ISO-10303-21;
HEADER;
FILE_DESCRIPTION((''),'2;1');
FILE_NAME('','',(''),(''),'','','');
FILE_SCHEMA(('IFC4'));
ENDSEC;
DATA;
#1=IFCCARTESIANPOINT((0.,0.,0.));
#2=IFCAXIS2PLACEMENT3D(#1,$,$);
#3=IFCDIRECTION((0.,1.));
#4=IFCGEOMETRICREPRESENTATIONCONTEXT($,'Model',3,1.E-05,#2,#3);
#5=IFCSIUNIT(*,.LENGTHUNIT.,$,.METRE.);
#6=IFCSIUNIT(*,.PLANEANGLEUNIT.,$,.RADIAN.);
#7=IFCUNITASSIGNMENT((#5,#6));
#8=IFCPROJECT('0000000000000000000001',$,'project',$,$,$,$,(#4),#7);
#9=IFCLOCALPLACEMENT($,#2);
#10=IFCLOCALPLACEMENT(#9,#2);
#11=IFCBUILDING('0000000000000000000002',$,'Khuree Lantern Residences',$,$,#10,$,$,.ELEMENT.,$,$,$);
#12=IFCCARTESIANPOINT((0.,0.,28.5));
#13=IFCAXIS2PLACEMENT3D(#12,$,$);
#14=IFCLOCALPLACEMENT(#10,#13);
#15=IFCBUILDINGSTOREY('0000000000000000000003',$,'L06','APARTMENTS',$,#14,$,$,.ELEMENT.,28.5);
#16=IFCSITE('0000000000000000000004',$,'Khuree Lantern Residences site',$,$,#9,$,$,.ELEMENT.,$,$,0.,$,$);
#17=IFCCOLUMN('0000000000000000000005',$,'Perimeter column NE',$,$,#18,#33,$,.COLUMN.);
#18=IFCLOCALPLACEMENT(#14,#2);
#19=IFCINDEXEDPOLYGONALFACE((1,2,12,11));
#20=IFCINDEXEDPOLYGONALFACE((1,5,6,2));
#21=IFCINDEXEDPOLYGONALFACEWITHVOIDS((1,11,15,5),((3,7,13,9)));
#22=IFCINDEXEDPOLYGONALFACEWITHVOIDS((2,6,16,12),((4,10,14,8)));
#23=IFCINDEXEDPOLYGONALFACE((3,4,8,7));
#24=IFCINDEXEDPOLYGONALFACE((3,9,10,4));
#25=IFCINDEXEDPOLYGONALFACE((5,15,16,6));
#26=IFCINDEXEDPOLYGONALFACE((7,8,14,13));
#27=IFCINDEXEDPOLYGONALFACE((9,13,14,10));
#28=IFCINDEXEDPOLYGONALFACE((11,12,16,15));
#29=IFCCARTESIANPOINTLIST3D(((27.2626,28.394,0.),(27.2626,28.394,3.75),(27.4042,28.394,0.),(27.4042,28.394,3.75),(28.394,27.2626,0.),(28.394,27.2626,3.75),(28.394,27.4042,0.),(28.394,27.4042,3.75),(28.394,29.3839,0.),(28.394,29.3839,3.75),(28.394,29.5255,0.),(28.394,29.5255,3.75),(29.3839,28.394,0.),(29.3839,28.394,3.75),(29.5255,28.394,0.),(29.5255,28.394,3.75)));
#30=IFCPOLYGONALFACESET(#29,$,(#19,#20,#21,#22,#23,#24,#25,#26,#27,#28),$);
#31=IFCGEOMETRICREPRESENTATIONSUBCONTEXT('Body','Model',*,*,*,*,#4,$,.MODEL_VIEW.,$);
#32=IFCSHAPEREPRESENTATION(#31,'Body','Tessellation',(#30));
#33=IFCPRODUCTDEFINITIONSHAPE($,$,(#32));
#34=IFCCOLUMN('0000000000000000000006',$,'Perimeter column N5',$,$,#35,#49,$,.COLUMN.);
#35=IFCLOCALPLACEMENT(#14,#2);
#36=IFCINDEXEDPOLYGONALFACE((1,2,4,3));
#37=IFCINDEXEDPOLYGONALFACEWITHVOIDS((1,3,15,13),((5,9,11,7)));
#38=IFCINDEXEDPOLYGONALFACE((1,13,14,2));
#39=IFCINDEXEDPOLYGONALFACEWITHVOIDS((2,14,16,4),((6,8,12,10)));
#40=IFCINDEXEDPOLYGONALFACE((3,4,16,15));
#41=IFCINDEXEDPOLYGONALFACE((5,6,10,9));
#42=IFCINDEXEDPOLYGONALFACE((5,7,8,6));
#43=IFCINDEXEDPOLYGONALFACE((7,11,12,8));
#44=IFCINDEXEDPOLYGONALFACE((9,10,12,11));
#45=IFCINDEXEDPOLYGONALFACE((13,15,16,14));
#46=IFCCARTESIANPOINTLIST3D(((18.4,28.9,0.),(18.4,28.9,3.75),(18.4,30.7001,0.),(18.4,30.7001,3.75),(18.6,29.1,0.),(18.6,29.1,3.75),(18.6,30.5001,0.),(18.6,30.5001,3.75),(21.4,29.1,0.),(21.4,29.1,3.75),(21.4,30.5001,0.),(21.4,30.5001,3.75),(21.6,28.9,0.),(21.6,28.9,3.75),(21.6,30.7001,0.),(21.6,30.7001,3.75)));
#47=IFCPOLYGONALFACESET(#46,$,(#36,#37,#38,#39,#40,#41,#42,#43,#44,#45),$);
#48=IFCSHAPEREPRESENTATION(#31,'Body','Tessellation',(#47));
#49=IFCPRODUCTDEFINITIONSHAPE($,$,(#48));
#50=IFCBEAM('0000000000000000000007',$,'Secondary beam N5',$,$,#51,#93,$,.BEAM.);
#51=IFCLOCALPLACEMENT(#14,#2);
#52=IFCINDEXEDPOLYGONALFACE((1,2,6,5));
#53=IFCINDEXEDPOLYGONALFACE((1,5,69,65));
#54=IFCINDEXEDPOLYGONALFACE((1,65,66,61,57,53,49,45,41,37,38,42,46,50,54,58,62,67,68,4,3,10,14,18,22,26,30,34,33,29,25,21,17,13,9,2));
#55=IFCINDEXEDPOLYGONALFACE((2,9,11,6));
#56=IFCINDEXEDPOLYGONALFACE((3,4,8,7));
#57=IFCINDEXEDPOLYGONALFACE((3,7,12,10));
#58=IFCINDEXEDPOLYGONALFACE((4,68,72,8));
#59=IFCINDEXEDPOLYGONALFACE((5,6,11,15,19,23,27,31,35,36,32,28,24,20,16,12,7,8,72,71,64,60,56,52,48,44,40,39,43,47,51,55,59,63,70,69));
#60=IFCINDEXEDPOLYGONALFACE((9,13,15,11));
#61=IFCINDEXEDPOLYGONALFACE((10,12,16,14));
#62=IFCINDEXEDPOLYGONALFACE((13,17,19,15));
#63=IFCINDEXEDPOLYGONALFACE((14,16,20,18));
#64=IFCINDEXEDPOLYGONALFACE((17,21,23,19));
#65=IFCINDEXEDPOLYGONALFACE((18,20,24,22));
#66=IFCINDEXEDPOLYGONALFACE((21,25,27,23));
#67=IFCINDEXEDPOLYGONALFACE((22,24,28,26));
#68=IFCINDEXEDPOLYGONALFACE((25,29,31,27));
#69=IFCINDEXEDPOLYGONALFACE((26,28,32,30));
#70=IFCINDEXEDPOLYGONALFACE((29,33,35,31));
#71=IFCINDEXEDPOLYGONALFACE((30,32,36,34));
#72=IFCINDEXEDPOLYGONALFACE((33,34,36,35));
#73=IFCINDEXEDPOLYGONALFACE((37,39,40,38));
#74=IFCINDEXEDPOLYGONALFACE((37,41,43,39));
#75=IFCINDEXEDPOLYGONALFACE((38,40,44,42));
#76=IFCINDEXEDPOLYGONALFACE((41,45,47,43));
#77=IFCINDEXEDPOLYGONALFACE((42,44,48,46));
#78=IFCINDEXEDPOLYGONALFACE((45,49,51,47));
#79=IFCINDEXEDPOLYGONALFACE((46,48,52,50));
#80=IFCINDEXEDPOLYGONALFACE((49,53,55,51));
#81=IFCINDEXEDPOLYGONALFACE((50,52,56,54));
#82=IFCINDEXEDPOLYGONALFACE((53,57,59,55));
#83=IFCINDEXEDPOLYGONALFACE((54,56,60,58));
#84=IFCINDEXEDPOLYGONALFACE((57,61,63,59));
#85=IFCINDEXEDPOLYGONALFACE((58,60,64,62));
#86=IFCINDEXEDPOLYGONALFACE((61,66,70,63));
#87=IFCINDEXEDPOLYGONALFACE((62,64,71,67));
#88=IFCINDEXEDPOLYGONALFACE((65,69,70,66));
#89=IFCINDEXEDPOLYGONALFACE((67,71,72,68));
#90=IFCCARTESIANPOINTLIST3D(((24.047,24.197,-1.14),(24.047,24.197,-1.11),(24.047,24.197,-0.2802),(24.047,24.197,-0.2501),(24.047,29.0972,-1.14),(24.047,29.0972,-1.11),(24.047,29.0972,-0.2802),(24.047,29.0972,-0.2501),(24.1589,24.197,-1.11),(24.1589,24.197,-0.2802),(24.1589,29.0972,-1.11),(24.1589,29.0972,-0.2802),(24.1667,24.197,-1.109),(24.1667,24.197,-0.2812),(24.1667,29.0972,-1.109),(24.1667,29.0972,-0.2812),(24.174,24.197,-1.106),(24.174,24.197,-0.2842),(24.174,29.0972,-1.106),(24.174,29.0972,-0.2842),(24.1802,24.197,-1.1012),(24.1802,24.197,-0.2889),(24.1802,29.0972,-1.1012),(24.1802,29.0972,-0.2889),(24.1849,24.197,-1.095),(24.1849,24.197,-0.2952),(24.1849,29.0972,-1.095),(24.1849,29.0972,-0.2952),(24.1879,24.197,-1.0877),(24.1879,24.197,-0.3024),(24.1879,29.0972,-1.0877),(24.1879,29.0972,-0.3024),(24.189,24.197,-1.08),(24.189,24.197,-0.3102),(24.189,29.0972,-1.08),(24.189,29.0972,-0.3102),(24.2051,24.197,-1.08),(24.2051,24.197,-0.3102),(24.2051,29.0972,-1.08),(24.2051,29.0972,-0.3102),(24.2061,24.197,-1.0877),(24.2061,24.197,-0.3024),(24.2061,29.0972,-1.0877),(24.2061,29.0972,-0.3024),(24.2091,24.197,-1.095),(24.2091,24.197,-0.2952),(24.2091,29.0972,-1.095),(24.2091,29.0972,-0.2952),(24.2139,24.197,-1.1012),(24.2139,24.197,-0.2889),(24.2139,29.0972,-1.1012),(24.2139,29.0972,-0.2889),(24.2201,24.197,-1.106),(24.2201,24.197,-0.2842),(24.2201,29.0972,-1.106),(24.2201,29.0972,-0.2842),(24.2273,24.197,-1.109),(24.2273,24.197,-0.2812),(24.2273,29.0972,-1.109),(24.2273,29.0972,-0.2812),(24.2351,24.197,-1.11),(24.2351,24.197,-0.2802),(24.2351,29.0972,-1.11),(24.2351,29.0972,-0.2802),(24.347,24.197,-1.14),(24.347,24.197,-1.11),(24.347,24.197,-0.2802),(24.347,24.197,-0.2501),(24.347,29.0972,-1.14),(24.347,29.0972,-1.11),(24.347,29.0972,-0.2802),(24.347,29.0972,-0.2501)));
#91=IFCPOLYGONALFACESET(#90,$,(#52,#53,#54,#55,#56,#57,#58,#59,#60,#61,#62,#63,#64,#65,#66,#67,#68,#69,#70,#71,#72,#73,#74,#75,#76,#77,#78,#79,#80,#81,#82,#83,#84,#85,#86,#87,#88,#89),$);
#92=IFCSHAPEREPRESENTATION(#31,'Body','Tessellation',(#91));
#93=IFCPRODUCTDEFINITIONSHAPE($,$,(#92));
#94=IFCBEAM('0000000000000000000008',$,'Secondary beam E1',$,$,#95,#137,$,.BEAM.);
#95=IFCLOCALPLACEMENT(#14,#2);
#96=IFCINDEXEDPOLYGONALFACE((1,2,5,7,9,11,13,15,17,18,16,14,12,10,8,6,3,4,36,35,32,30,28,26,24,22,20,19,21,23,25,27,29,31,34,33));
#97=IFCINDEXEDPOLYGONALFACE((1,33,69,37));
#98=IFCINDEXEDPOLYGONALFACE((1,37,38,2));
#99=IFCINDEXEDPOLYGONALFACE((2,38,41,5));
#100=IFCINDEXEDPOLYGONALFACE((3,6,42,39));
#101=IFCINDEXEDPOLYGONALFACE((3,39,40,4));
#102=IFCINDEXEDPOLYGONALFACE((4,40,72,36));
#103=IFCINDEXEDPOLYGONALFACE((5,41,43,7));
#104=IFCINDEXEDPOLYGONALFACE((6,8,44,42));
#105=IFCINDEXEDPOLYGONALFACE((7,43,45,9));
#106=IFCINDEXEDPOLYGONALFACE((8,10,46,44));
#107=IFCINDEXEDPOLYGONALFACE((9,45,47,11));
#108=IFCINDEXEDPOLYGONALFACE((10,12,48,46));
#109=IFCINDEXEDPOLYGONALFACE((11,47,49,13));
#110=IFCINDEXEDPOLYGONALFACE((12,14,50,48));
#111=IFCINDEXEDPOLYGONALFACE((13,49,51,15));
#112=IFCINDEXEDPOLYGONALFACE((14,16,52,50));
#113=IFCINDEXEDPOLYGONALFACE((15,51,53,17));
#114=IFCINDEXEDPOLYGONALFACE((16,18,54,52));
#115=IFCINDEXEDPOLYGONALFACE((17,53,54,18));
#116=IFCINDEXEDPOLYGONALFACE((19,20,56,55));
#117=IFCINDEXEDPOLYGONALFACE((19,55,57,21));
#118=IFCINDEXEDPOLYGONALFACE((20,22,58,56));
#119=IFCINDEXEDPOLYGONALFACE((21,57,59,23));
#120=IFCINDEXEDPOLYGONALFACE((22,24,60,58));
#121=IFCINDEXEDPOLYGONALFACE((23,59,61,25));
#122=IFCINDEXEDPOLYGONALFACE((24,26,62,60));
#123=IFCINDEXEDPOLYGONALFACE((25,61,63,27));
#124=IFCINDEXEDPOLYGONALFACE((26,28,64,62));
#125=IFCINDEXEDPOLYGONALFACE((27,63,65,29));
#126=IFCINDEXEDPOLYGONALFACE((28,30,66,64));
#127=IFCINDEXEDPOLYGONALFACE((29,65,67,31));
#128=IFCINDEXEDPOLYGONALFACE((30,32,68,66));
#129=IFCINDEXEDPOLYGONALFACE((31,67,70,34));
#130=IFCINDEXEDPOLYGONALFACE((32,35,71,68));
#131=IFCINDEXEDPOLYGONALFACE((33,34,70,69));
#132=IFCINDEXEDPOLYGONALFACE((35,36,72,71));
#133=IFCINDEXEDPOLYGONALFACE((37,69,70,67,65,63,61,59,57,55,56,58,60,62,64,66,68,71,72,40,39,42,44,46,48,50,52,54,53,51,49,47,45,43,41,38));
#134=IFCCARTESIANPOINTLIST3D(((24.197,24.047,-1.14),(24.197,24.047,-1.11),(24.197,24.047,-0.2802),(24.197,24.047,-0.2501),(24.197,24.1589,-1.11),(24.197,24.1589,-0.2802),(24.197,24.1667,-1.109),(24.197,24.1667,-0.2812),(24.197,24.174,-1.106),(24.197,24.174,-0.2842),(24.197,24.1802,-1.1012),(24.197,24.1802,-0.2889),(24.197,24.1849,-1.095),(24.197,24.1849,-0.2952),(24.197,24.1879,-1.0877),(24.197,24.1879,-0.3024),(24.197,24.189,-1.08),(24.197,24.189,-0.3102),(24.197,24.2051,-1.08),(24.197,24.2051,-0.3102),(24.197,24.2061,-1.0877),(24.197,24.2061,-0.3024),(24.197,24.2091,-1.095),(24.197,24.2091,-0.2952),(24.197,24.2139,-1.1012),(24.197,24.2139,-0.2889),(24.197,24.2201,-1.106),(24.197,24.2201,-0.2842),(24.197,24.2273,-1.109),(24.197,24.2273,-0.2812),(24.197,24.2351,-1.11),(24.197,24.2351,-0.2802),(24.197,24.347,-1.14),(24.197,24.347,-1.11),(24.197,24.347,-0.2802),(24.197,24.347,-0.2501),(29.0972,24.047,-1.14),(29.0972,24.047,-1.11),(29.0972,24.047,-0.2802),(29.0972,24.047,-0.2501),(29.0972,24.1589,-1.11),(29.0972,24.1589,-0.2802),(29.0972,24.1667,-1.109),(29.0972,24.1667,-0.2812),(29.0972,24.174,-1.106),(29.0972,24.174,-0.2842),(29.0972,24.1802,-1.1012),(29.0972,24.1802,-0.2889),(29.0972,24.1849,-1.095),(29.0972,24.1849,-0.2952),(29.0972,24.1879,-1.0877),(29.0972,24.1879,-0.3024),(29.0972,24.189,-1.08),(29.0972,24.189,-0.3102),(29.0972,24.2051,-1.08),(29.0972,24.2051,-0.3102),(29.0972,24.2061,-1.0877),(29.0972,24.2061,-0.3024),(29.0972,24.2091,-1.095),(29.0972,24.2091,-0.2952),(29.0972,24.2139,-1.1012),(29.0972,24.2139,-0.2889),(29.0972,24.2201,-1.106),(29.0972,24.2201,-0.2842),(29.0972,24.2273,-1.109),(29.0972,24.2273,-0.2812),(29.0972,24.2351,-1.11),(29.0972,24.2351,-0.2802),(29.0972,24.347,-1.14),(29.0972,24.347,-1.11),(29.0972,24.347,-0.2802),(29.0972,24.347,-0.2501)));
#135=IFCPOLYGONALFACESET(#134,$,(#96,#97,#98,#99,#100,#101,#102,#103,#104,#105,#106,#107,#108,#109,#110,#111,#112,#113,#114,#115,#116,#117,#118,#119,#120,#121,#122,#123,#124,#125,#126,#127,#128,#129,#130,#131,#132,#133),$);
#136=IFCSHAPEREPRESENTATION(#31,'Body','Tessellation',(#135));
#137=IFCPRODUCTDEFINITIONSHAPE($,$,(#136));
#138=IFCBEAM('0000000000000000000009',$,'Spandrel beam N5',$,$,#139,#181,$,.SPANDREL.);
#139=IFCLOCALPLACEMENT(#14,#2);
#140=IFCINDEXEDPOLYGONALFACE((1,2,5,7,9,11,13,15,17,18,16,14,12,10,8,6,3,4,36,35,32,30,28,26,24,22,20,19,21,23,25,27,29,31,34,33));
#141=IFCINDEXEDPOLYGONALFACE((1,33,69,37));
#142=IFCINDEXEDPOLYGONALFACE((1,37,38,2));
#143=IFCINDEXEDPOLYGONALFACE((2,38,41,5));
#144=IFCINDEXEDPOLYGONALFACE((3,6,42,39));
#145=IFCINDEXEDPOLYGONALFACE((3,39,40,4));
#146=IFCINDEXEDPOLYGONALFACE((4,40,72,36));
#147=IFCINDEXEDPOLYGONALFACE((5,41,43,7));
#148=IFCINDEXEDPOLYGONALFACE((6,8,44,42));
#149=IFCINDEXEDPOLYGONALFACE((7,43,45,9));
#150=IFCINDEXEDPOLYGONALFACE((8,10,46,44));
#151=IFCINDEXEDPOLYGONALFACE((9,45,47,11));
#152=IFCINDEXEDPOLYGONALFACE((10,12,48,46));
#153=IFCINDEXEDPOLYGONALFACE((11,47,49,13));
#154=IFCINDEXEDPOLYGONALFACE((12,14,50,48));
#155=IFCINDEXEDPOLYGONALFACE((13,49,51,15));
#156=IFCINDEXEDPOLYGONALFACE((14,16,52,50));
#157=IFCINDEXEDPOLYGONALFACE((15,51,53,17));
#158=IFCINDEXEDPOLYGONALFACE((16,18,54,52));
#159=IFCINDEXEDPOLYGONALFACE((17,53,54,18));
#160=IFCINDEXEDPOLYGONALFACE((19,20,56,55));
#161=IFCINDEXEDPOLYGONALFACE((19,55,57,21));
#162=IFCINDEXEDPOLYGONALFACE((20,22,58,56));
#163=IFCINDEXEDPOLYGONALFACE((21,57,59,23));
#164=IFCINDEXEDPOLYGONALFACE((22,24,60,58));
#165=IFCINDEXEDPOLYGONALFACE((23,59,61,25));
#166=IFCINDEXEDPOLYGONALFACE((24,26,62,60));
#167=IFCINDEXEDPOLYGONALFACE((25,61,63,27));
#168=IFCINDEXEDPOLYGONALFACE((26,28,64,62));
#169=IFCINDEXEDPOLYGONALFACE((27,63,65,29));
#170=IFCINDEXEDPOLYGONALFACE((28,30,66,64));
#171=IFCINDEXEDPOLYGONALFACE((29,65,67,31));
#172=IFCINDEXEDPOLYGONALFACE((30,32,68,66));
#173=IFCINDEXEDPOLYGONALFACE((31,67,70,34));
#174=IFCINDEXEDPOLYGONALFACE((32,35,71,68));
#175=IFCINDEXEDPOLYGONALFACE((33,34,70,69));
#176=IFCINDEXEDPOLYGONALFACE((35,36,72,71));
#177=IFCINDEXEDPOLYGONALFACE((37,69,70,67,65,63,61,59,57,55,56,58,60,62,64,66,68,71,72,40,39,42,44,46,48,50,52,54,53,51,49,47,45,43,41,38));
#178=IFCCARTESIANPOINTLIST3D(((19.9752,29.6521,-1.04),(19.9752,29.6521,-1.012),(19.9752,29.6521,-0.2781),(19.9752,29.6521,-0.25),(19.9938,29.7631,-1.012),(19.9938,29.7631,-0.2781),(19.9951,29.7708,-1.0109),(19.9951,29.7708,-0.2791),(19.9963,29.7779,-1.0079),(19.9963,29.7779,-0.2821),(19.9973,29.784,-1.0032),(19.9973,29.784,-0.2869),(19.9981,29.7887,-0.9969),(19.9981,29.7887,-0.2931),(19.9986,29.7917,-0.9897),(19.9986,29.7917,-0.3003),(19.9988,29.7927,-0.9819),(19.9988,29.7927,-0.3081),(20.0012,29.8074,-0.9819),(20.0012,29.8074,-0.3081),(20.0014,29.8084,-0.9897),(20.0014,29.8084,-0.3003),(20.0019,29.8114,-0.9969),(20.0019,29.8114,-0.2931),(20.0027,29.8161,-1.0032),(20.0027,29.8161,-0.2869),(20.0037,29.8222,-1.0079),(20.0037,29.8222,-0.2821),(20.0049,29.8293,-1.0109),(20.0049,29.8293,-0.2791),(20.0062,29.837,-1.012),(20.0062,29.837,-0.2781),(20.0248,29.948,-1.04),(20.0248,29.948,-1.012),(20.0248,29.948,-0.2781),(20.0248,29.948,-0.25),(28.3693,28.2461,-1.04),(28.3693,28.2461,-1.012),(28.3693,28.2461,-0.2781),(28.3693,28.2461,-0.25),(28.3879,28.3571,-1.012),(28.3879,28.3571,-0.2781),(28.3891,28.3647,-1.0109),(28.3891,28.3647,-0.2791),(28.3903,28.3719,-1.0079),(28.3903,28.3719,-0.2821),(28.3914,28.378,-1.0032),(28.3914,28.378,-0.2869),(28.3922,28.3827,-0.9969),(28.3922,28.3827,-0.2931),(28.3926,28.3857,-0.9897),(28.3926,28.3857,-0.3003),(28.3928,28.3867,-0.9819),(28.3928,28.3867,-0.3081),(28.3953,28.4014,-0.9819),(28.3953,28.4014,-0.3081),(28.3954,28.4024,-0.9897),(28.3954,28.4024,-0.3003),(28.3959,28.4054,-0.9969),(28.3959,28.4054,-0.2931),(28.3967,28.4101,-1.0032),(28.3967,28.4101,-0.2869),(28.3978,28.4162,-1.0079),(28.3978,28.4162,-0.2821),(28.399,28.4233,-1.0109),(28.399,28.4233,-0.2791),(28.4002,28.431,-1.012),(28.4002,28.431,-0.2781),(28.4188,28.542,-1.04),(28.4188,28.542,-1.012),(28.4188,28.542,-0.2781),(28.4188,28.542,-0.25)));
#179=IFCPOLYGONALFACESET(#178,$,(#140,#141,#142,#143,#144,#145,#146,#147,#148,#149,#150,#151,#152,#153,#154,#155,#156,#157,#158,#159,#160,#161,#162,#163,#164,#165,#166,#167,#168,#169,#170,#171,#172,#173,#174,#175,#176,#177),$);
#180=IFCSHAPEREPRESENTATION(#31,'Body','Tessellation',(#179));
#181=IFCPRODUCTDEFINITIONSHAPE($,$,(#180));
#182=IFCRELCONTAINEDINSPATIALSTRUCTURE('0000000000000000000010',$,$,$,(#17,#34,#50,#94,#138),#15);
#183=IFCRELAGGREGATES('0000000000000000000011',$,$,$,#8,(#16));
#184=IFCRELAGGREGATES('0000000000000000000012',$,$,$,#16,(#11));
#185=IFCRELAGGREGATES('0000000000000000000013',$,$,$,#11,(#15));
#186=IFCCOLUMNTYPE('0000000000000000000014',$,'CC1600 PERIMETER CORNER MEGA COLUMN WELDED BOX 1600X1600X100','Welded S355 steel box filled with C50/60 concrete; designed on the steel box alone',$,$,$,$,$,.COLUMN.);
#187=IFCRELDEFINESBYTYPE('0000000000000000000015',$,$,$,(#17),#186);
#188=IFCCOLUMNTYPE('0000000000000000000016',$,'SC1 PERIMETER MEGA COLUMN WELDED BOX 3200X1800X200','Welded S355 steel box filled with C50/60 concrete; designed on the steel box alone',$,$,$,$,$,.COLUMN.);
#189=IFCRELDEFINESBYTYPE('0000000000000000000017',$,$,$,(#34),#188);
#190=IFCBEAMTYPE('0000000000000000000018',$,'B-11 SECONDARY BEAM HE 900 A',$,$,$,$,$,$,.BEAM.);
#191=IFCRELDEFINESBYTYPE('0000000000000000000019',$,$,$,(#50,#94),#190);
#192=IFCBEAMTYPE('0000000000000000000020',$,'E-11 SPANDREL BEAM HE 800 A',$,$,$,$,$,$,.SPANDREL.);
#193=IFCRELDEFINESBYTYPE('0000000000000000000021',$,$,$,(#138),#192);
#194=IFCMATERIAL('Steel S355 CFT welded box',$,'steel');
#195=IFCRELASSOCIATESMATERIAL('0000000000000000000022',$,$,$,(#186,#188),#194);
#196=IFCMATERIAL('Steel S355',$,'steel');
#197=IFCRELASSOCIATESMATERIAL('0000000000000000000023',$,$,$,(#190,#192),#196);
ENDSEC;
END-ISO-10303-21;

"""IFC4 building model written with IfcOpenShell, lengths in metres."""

from ifc_helpers import new_model, si_unit, direction, frame, origin, origin_2d, place, context, subcontext, project, spatial, hollow_rectangle, i_section, extrude, material, material_profile, profile_set, type_object, element, save


model = new_model("IFC4")

# Units and contexts
model_context = context("Model", 3, precision=1e-05, world=origin(), true_north=direction((0.0, 1.0)))
body_context = subcontext(model_context, "Body", "Model", "MODEL_VIEW")
ifc_project = project(units=[si_unit("LENGTHUNIT", "METRE"), si_unit("PLANEANGLEUNIT", "RADIAN")], contexts=[model_context])

# Site, building, storey
site_placement = place(None, origin())
site = spatial("IfcSite", under=ifc_project, at=site_placement, Name="Khuree Lantern Residences site", CompositionType="ELEMENT", RefElevation=0.0)
building_placement = place(site_placement, origin())
building = spatial("IfcBuilding", under=site, at=building_placement, Name="Khuree Lantern Residences", CompositionType="ELEMENT")
storey_placement = place(building_placement, frame((0.0, 0.0, 28.5)))
storey = spatial("IfcBuildingStorey", under=building, at=storey_placement, Name="L06", Description="APARTMENTS", CompositionType="ELEMENT", Elevation=28.5)

# Columns
ifc_material_1 = material(Name="Steel S355 CFT welded box", Category="steel")
ifc_material_profile_1 = material_profile(ifc_material_1, hollow_rectangle(XDim=1.6001, YDim=1.6001, WallThickness=0.1001, at=origin_2d()), Name="WELDED BOX 1600X1600X100")
ifc_profile_set_1 = profile_set([ifc_material_profile_1], Name="Steel S355 CFT welded box")
column_type_1 = type_object("IfcColumnType", Name="CC1600 PERIMETER CORNER MEGA COLUMN WELDED BOX 1600X1600X100", Description="Welded S355 steel box filled with C50/60 concrete; designed on the steel box alone", PredefinedType="COLUMN", material=ifc_profile_set_1)
column_1_placement = place(storey_placement, frame((28.394, 28.394, 0.0), z_axis=(0.0, 0.0, 1.0), x_axis=(0.707107, -0.707107, 0.0)))
element("IfcColumn", 1, at=column_1_placement, inside=storey, type_object=column_type_1, Name="Perimeter column NE", PredefinedType="COLUMN", context=body_context, shape_type="SweptSolid", body=[
    extrude(hollow_rectangle(XDim=1.6001, YDim=1.6001, WallThickness=0.1001, at=origin_2d()), origin(), (0.0, 0.0, 1.0), 3.75),
])
ifc_material_profile_2 = material_profile(ifc_material_1, hollow_rectangle(XDim=3.2, YDim=1.8, WallThickness=0.2, at=origin_2d()), Name="WELDED BOX 3200X1800X200")
ifc_profile_set_2 = profile_set([ifc_material_profile_2], Name="Steel S355 CFT welded box")
column_type_2 = type_object("IfcColumnType", Name="SC1 PERIMETER MEGA COLUMN WELDED BOX 3200X1800X200", Description="Welded S355 steel box filled with C50/60 concrete; designed on the steel box alone", PredefinedType="COLUMN", material=ifc_profile_set_2)
column_2_placement = place(storey_placement, frame((20.0, 29.8, 0.0), z_axis=(0.0, 0.0, 1.0), x_axis=(1.0, 0.0, 0.0)))
element("IfcColumn", 2, at=column_2_placement, inside=storey, type_object=column_type_2, Name="Perimeter column N5", PredefinedType="COLUMN", context=body_context, shape_type="SweptSolid", body=[
    extrude(hollow_rectangle(XDim=3.2, YDim=1.8, WallThickness=0.2, at=origin_2d()), origin(), (0.0, 0.0, 1.0), 3.75),
])

# Beams
ifc_material_2 = material(Name="Steel S355", Category="steel")
ifc_material_profile_3 = material_profile(ifc_material_2, i_section(OverallWidth=0.3, OverallDepth=0.8899, WebThickness=0.0161, FlangeThickness=0.03, FilletRadius=0.03, at=origin_2d()), Name="HE 900 A")
ifc_profile_set_3 = profile_set([ifc_material_profile_3], Name="Steel S355")
beam_type_1 = type_object("IfcBeamType", Name="B-11 SECONDARY BEAM HE 900 A", PredefinedType="BEAM", material=ifc_profile_set_3)
for number, where, z_axis, x_axis, name in (
    (3, (24.197, 29.0972, -0.6951), (0.0, -1.0, 0.0), (1.0, 0.0, 0.0), "Secondary beam N5"),
    (4, (29.0972, 24.197, -0.6951), (-1.0, 0.0, 0.0), (0.0, -1.0, 0.0), "Secondary beam E1"),
):
    element("IfcBeam", number, at=place(storey_placement, frame(where, z_axis=z_axis, x_axis=x_axis)), inside=storey, type_object=beam_type_1, Name=name, PredefinedType="BEAM", context=body_context, shape_type="SweptSolid", body=[
        extrude(i_section(OverallWidth=0.3, OverallDepth=0.8899, WebThickness=0.0161, FlangeThickness=0.03, FilletRadius=0.03, at=origin_2d()), origin(), (0.0, 0.0, 1.0), 4.9001),
    ])
ifc_material_profile_4 = material_profile(ifc_material_2, i_section(OverallWidth=0.3, OverallDepth=0.79, WebThickness=0.0149, FlangeThickness=0.0281, FilletRadius=0.03, at=origin_2d()), Name="HE 800 A")
ifc_profile_set_4 = profile_set([ifc_material_profile_4], Name="Steel S355")
beam_type_2 = type_object("IfcBeamType", Name="E-11 SPANDREL BEAM HE 800 A", PredefinedType="SPANDREL", material=ifc_profile_set_4)
for number, where, z_axis, x_axis, name in (
    (5, (20.0, 29.8, -0.645), (0.98626, -0.165199, 0.0), (0.165199, 0.98626, 0.0), "Spandrel beam N5"),
):
    element("IfcBeam", number, at=place(storey_placement, frame(where, z_axis=z_axis, x_axis=x_axis)), inside=storey, type_object=beam_type_2, Name=name, PredefinedType="SPANDREL", context=body_context, shape_type="SweptSolid", body=[
        extrude(i_section(OverallWidth=0.3, OverallDepth=0.79, WebThickness=0.0149, FlangeThickness=0.0281, FilletRadius=0.03, at=origin_2d()), origin(), (0.0, 0.0, 1.0), 8.511),
    ])

save(model, "model.ifc")
